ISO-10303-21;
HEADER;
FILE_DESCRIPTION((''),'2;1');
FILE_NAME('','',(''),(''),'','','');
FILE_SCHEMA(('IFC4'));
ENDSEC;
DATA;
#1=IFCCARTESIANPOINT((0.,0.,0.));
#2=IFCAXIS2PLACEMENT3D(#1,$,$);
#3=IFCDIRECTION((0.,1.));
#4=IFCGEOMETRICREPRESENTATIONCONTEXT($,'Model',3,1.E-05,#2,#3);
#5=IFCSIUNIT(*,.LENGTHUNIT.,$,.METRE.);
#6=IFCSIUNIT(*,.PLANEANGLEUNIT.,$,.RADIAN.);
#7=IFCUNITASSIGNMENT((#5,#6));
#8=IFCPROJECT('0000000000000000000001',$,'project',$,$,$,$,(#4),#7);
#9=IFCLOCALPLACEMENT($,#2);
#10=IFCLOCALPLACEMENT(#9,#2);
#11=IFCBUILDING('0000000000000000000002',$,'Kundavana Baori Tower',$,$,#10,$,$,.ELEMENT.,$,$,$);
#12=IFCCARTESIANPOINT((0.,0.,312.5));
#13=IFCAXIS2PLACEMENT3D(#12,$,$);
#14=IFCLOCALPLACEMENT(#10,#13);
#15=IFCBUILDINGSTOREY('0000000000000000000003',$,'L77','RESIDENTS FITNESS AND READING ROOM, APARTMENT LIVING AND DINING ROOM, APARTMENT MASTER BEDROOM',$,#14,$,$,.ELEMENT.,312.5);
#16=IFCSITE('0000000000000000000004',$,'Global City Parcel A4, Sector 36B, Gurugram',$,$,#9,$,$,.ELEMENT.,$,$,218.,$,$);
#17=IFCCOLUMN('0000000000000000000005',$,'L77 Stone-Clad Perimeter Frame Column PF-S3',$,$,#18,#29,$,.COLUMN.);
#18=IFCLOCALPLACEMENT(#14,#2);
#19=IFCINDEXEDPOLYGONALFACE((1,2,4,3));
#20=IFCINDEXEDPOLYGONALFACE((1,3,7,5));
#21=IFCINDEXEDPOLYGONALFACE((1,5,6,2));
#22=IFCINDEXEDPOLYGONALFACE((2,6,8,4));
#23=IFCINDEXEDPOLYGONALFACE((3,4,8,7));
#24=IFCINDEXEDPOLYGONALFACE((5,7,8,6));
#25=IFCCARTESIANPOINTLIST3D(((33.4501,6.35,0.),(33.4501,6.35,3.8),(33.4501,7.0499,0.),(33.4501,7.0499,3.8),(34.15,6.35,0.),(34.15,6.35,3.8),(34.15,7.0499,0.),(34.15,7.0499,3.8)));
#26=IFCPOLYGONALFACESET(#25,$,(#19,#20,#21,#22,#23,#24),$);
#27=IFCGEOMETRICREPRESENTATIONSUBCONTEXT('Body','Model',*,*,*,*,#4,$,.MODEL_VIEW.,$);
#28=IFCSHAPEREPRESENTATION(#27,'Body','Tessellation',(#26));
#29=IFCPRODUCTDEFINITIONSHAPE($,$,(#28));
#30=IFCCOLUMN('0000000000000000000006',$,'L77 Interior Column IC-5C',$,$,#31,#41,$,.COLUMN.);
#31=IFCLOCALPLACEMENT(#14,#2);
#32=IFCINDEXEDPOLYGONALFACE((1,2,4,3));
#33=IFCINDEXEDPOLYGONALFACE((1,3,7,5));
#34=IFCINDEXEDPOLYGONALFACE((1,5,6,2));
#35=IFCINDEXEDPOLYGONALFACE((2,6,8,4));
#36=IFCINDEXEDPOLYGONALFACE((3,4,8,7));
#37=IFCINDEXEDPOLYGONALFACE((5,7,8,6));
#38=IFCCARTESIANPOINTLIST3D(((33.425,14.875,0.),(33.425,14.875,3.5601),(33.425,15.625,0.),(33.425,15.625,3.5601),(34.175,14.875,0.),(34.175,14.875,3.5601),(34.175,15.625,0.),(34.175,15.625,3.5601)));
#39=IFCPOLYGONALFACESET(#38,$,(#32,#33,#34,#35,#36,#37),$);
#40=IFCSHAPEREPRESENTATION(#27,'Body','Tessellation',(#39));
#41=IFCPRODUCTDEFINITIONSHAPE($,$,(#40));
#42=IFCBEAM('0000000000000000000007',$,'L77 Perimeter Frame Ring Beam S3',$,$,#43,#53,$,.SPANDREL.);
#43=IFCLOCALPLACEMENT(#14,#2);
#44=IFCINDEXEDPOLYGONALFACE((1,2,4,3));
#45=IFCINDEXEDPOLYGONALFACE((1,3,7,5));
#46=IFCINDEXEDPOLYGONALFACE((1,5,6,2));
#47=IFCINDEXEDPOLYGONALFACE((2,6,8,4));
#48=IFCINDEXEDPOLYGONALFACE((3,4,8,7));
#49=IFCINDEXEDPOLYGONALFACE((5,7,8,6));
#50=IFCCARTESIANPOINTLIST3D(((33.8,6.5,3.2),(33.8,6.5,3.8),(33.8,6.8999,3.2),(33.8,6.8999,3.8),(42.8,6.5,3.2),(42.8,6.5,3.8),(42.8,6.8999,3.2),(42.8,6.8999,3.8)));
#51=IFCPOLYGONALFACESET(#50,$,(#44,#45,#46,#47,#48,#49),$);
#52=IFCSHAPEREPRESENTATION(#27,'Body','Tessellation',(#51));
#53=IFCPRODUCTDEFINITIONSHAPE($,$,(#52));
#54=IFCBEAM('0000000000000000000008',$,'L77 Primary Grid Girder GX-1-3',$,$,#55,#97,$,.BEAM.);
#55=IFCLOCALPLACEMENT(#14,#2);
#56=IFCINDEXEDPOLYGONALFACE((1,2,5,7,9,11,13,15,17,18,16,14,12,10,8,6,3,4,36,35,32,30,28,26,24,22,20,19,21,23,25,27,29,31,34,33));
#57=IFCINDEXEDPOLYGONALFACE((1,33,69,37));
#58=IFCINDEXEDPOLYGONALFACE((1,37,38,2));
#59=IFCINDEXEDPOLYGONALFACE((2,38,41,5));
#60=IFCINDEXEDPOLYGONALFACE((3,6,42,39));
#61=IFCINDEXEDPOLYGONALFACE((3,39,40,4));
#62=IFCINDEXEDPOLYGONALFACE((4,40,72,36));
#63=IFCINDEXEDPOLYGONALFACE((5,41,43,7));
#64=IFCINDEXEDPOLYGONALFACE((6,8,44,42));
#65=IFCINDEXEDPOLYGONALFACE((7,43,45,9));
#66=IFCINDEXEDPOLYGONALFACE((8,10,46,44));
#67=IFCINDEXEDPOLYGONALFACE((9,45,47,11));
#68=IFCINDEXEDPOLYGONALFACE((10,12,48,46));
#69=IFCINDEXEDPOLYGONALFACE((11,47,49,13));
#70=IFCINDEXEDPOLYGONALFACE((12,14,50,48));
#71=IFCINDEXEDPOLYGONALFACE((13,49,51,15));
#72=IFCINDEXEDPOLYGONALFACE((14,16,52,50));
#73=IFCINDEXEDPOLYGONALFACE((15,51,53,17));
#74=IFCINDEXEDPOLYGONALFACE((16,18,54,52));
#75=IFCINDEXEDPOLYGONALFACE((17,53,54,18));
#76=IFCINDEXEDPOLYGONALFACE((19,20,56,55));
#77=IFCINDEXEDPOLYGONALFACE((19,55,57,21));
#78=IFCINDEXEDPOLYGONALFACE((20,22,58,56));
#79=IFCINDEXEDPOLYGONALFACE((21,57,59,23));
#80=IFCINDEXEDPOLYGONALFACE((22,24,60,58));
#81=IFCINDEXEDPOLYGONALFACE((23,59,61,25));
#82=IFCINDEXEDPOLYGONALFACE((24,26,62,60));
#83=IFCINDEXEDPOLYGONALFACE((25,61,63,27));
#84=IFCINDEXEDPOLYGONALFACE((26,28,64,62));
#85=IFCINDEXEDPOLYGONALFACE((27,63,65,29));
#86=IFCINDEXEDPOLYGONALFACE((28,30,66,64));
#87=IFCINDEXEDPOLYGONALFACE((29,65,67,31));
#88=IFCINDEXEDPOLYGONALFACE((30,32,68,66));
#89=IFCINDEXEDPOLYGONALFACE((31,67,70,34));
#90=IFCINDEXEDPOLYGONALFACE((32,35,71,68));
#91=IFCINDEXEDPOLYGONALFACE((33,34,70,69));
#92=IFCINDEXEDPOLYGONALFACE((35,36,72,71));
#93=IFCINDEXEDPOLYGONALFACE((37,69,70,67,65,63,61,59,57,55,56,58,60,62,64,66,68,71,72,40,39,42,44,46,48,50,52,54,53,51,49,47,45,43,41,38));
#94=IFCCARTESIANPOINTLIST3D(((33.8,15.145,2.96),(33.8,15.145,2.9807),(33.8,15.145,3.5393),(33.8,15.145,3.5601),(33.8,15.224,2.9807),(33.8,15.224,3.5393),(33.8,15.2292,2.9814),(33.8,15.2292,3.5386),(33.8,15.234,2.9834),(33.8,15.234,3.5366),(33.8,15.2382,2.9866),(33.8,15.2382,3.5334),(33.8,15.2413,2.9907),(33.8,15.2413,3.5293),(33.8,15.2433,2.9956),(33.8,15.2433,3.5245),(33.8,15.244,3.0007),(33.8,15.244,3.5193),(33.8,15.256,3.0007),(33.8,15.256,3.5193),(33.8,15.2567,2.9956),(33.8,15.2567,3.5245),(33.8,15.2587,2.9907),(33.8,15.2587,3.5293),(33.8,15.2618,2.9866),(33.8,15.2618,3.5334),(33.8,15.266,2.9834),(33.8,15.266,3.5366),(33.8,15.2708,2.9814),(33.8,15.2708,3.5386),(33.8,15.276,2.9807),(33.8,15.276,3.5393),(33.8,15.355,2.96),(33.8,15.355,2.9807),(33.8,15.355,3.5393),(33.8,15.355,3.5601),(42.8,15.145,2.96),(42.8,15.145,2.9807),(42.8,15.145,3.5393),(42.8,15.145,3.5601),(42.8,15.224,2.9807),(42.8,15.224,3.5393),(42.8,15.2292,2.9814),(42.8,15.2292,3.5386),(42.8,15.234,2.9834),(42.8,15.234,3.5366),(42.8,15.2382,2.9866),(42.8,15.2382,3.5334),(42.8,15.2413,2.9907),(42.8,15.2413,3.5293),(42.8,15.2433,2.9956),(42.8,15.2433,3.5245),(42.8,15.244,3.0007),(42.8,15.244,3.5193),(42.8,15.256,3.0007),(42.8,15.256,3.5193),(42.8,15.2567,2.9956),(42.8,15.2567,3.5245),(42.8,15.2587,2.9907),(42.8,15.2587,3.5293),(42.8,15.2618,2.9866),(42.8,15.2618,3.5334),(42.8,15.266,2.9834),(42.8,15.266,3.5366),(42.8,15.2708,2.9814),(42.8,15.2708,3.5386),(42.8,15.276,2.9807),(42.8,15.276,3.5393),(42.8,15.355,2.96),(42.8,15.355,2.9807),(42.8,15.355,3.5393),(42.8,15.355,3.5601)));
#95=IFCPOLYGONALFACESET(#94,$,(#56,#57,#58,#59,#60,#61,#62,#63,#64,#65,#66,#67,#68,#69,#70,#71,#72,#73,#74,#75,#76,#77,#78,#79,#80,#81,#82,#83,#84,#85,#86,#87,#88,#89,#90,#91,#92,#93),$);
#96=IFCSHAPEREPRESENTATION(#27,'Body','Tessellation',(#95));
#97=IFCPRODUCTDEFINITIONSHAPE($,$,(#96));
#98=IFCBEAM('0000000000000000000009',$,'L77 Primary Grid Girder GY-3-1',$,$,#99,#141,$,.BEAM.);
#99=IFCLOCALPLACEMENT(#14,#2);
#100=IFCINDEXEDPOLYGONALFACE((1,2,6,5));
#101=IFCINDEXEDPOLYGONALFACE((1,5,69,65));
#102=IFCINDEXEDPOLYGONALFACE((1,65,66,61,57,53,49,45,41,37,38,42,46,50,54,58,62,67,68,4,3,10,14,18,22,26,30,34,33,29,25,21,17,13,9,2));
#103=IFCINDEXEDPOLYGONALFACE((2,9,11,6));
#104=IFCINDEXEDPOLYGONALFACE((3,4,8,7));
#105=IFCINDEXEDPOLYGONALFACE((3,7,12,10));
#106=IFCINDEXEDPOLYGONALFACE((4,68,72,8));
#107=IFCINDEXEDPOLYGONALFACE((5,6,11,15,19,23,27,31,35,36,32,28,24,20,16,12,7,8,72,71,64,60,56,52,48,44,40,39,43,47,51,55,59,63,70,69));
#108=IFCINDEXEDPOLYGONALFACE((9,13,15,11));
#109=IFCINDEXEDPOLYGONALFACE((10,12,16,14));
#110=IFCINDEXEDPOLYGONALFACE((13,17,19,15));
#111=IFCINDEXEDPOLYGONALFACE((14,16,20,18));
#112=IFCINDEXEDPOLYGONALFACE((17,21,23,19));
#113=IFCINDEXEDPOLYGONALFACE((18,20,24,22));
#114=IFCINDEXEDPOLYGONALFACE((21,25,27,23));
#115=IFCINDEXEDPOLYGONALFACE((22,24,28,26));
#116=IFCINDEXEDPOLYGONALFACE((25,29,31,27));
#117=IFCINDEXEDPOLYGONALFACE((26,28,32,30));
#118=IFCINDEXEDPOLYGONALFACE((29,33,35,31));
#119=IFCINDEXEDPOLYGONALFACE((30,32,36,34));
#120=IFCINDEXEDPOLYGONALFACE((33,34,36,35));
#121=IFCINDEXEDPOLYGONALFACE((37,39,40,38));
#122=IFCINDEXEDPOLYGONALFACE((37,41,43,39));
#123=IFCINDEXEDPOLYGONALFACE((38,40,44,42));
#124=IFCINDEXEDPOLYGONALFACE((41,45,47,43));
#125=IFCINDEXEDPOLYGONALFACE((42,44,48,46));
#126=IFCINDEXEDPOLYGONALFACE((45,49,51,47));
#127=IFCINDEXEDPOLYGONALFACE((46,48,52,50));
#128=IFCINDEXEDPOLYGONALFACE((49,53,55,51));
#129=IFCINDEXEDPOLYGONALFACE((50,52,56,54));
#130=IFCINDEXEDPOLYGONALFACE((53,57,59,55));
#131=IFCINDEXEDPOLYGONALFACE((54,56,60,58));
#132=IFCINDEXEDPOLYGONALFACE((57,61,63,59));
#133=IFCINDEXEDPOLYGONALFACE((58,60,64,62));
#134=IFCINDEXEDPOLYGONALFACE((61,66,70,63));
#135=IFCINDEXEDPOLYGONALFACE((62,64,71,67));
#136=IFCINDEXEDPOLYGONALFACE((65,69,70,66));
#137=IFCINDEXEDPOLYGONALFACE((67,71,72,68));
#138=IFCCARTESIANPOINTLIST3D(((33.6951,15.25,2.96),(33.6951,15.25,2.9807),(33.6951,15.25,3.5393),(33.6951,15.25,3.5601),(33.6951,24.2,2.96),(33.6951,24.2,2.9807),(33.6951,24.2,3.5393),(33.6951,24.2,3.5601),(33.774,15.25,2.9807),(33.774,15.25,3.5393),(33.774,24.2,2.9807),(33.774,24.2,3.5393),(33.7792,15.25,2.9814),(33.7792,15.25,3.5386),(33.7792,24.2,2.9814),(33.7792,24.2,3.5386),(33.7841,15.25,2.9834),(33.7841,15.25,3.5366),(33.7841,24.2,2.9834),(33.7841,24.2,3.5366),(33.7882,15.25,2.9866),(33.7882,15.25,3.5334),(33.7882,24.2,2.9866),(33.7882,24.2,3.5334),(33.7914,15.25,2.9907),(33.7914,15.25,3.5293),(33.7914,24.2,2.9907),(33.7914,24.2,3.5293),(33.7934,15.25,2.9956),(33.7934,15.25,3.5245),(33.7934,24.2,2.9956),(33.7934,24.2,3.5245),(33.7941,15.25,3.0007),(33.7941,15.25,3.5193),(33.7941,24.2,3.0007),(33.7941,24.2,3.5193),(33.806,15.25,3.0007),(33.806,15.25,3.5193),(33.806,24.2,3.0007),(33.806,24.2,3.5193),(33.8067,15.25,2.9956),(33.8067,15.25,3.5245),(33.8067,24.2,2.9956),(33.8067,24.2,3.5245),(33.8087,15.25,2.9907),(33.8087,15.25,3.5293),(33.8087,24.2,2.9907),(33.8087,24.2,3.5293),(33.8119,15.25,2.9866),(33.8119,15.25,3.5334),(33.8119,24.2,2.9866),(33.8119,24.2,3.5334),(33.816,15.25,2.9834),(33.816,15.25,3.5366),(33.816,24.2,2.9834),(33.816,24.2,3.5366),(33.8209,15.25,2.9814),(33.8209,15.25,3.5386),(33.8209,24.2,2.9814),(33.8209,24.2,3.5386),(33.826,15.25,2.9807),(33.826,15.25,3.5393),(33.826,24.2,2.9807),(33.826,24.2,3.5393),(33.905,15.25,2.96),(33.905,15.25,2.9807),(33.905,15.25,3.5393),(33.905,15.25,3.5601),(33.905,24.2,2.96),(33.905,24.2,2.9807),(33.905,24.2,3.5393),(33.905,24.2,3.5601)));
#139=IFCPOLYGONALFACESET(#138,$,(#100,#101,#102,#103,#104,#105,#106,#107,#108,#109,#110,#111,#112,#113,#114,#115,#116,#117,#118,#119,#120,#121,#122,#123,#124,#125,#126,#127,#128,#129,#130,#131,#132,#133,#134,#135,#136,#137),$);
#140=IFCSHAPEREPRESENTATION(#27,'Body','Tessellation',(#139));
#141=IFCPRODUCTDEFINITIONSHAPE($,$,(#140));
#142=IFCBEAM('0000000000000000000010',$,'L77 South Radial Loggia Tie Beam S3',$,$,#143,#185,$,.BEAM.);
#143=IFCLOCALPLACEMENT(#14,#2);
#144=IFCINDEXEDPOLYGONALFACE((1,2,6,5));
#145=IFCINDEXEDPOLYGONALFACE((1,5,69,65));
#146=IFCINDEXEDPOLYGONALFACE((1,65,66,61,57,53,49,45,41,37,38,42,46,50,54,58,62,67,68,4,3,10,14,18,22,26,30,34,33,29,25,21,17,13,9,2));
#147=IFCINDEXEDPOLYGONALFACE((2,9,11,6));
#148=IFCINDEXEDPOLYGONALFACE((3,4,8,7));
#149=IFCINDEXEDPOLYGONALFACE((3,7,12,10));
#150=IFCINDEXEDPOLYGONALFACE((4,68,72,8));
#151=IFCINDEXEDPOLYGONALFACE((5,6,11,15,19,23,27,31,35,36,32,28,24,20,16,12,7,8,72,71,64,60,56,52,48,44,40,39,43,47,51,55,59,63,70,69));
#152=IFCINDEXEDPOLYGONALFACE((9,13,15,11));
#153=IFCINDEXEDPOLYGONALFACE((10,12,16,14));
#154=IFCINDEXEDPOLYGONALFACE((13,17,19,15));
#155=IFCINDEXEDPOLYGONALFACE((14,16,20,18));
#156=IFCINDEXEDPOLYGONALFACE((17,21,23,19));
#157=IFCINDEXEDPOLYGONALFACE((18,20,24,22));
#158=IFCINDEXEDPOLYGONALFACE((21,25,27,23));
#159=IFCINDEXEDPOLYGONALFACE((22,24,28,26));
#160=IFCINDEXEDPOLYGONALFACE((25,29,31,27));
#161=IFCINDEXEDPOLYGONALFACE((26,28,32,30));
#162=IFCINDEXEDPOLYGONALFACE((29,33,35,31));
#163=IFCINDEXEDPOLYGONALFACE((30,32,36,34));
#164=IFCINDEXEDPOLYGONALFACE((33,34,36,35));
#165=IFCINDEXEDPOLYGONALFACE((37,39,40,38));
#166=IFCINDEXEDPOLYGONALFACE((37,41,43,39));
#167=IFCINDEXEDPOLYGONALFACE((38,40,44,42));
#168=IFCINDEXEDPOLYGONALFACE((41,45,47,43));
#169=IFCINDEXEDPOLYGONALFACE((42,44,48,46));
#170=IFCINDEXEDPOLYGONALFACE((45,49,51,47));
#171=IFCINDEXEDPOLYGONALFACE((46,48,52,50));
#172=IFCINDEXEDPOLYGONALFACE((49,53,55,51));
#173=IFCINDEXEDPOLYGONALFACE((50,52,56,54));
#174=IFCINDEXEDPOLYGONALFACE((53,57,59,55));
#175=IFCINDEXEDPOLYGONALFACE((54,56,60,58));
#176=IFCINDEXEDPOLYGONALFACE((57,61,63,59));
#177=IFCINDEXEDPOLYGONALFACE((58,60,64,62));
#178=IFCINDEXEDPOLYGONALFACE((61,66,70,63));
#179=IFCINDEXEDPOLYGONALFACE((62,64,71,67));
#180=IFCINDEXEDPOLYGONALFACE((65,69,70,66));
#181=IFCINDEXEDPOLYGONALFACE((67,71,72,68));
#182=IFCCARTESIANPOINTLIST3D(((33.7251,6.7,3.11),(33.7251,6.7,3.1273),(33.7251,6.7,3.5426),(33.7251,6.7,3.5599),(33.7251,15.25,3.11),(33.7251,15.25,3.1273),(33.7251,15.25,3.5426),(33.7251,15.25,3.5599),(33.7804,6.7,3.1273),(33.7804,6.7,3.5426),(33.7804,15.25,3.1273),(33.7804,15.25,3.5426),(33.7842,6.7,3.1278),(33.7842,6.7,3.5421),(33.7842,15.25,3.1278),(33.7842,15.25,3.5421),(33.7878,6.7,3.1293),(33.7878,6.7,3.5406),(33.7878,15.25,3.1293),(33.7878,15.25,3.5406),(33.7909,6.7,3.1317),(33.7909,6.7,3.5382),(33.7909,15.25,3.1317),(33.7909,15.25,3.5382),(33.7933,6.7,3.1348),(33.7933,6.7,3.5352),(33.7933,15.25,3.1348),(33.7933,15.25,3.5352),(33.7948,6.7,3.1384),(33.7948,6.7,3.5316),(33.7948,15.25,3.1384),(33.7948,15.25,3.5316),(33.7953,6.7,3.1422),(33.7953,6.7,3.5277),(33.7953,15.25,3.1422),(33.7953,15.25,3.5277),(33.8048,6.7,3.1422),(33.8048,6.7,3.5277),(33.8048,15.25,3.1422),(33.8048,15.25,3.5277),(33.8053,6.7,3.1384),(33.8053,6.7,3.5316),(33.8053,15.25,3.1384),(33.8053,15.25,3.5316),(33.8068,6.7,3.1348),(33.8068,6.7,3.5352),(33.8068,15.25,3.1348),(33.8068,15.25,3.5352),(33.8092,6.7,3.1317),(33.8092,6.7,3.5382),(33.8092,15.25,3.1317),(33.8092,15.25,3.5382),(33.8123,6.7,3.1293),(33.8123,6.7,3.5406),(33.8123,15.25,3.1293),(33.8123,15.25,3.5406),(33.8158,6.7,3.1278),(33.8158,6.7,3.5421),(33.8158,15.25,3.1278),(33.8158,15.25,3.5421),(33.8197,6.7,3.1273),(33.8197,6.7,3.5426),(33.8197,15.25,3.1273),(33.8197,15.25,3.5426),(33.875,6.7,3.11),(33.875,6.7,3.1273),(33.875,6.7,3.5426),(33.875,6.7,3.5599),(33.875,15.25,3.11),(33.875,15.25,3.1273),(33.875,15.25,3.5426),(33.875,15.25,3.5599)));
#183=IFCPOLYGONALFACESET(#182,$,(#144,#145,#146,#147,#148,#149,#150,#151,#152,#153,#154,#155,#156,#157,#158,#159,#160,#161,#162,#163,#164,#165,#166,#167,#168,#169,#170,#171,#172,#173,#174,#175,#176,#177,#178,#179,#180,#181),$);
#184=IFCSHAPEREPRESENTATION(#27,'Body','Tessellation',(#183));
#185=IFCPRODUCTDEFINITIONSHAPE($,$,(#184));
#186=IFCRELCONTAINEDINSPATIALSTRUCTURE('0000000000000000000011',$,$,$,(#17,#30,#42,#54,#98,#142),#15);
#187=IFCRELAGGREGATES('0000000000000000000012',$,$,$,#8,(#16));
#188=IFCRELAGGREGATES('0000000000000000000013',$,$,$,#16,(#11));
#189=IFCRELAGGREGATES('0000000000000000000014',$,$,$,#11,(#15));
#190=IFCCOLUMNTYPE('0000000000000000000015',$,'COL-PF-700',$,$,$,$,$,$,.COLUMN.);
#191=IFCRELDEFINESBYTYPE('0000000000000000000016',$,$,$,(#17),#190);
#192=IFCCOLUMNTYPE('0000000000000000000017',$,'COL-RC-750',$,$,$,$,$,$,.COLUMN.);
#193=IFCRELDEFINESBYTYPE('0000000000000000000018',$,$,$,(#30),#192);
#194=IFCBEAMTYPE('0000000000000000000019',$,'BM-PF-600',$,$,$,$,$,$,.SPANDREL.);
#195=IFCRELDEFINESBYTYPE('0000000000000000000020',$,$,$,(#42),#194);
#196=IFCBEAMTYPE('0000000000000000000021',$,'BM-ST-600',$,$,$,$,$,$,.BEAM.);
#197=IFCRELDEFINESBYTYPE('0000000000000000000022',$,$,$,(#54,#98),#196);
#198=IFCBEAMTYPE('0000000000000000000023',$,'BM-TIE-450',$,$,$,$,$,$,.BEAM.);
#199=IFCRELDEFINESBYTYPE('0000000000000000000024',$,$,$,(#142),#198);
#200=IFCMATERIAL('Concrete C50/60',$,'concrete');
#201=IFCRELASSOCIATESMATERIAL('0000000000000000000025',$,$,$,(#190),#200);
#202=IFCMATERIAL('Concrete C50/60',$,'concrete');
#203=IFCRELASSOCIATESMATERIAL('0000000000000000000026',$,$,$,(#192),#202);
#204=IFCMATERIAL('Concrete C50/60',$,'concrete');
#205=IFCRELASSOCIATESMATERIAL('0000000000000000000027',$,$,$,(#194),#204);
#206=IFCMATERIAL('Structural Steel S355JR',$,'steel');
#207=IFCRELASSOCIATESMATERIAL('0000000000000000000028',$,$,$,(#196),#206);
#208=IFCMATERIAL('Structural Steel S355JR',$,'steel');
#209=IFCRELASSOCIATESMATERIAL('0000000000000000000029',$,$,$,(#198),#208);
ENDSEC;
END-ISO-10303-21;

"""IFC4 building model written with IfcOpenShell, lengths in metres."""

from ifc_helpers import new_model, si_unit, direction, frame, origin, origin_2d, place, context, subcontext, project, spatial, rectangle, i_section, extrude, material, material_profile, profile_set, type_object, element, save


model = new_model("IFC4")

# Units and contexts
model_context = context("Model", 3, precision=1e-05, world=origin(), true_north=direction((0.0, 1.0)))
body_context = subcontext(model_context, "Body", "Model", "MODEL_VIEW")
ifc_project = project(units=[si_unit("LENGTHUNIT", "METRE"), si_unit("PLANEANGLEUNIT", "RADIAN")], contexts=[model_context])

# Site, building, storey
site_placement = place(None, origin())
site = spatial("IfcSite", under=ifc_project, at=site_placement, Name="Global City Parcel A4, Sector 36B, Gurugram", CompositionType="ELEMENT", RefElevation=218.0)
building_placement = place(site_placement, origin())
building = spatial("IfcBuilding", under=site, at=building_placement, Name="Kundavana Baori Tower", CompositionType="ELEMENT")
storey_placement = place(building_placement, frame((0.0, 0.0, 312.5)))
storey = spatial("IfcBuildingStorey", under=building, at=storey_placement, Name="L77", Description="RESIDENTS FITNESS AND READING ROOM, APARTMENT LIVING AND DINING ROOM, APARTMENT MASTER BEDROOM", CompositionType="ELEMENT", Elevation=312.5)

# Columns
ifc_material_1 = material(Name="Concrete C50/60", Category="concrete")
ifc_material_profile_1 = material_profile(ifc_material_1, rectangle(XDim=0.7, YDim=0.7, at=origin_2d()), Name="RC PF 700x700")
ifc_profile_set_1 = profile_set([ifc_material_profile_1], Name="Concrete C50/60")
column_type_1 = type_object("IfcColumnType", Name="COL-PF-700", PredefinedType="COLUMN", material=ifc_profile_set_1)
column_1_placement = place(storey_placement, frame((33.8, 6.7, 0.0), z_axis=(0.0, 0.0, 1.0), x_axis=(1.0, 0.0, 0.0)))
element("IfcColumn", 1, at=column_1_placement, inside=storey, type_object=column_type_1, Name="L77 Stone-Clad Perimeter Frame Column PF-S3", PredefinedType="COLUMN", context=body_context, shape_type="SweptSolid", body=[
    extrude(rectangle(XDim=0.7, YDim=0.7, at=origin_2d()), origin(), (0.0, 0.0, 1.0), 3.8),
])
ifc_material_2 = material(Name="Concrete C50/60", Category="concrete")
ifc_material_profile_2 = material_profile(ifc_material_2, rectangle(XDim=0.75, YDim=0.75, at=origin_2d()), Name="RC 750x750")
ifc_profile_set_2 = profile_set([ifc_material_profile_2], Name="Concrete C50/60")
column_type_2 = type_object("IfcColumnType", Name="COL-RC-750", PredefinedType="COLUMN", material=ifc_profile_set_2)
column_2_placement = place(storey_placement, frame((33.8, 15.25, 0.0), z_axis=(0.0, 0.0, 1.0), x_axis=(1.0, 0.0, 0.0)))
element("IfcColumn", 2, at=column_2_placement, inside=storey, type_object=column_type_2, Name="L77 Interior Column IC-5C", PredefinedType="COLUMN", context=body_context, shape_type="SweptSolid", body=[
    extrude(rectangle(XDim=0.75, YDim=0.75, at=origin_2d()), origin(), (0.0, 0.0, 1.0), 3.5601),
])

# Beams
ifc_material_3 = material(Name="Concrete C50/60", Category="concrete")
ifc_material_profile_3 = material_profile(ifc_material_3, rectangle(XDim=0.3999, YDim=0.6001, at=origin_2d()), Name="RC BM 400x600")
ifc_profile_set_3 = profile_set([ifc_material_profile_3], Name="Concrete C50/60")
beam_type_1 = type_object("IfcBeamType", Name="BM-PF-600", PredefinedType="SPANDREL", material=ifc_profile_set_3)
beam_1_placement = place(storey_placement, frame((33.8, 6.7, 3.5), z_axis=(1.0, 0.0, 0.0), x_axis=(0.0, 1.0, 0.0)))
element("IfcBeam", 3, at=beam_1_placement, inside=storey, type_object=beam_type_1, Name="L77 Perimeter Frame Ring Beam S3", PredefinedType="SPANDREL", context=body_context, shape_type="SweptSolid", body=[
    extrude(rectangle(XDim=0.3999, YDim=0.6001, at=origin_2d()), origin(), (0.0, 0.0, 1.0), 9.0),
])
ifc_material_4 = material(Name="Structural Steel S355JR", Category="steel")
ifc_material_profile_4 = material_profile(ifc_material_4, i_section(OverallWidth=0.21, OverallDepth=0.6001, WebThickness=0.012, FlangeThickness=0.0208, FilletRadius=0.02, at=origin_2d()), Name="ISMB 600")
ifc_profile_set_4 = profile_set([ifc_material_profile_4], Name="Structural Steel S355JR")
beam_type_2 = type_object("IfcBeamType", Name="BM-ST-600", PredefinedType="BEAM", material=ifc_profile_set_4)
beam_2_placement = place(storey_placement, frame((33.8, 15.25, 3.26), z_axis=(1.0, 0.0, 0.0), x_axis=(0.0, 1.0, 0.0)))
element("IfcBeam", 4, at=beam_2_placement, inside=storey, type_object=beam_type_2, Name="L77 Primary Grid Girder GX-1-3", PredefinedType="BEAM", context=body_context, shape_type="SweptSolid", body=[
    extrude(i_section(OverallWidth=0.21, OverallDepth=0.6001, WebThickness=0.012, FlangeThickness=0.0208, FilletRadius=0.02, at=origin_2d()), origin(), (0.0, 0.0, 1.0), 9.0),
])
beam_3_placement = place(storey_placement, frame((33.8, 15.25, 3.26), z_axis=(0.0, 1.0, 0.0), x_axis=(-1.0, 0.0, 0.0)))
element("IfcBeam", 5, at=beam_3_placement, inside=storey, type_object=beam_type_2, Name="L77 Primary Grid Girder GY-3-1", PredefinedType="BEAM", context=body_context, shape_type="SweptSolid", body=[
    extrude(i_section(OverallWidth=0.21, OverallDepth=0.6001, WebThickness=0.012, FlangeThickness=0.0208, FilletRadius=0.02, at=origin_2d()), origin(), (0.0, 0.0, 1.0), 8.95),
])
ifc_material_5 = material(Name="Structural Steel S355JR", Category="steel")
ifc_material_profile_5 = material_profile(ifc_material_5, i_section(OverallWidth=0.1499, OverallDepth=0.45, WebThickness=0.0095, FlangeThickness=0.0173, FilletRadius=0.0149, at=origin_2d()), Name="ISMB 450")
ifc_profile_set_5 = profile_set([ifc_material_profile_5], Name="Structural Steel S355JR")
beam_type_3 = type_object("IfcBeamType", Name="BM-TIE-450", PredefinedType="BEAM", material=ifc_profile_set_5)
beam_4_placement = place(storey_placement, frame((33.8, 15.25, 3.335), z_axis=(0.0, -1.0, 0.0), x_axis=(1.0, 0.0, 0.0)))
element("IfcBeam", 6, at=beam_4_placement, inside=storey, type_object=beam_type_3, Name="L77 South Radial Loggia Tie Beam S3", PredefinedType="BEAM", context=body_context, shape_type="SweptSolid", body=[
    extrude(i_section(OverallWidth=0.1499, OverallDepth=0.45, WebThickness=0.0095, FlangeThickness=0.0173, FilletRadius=0.0149, at=origin_2d()), origin(), (0.0, 0.0, 1.0), 8.55),
])

save(model, "model.ifc")
